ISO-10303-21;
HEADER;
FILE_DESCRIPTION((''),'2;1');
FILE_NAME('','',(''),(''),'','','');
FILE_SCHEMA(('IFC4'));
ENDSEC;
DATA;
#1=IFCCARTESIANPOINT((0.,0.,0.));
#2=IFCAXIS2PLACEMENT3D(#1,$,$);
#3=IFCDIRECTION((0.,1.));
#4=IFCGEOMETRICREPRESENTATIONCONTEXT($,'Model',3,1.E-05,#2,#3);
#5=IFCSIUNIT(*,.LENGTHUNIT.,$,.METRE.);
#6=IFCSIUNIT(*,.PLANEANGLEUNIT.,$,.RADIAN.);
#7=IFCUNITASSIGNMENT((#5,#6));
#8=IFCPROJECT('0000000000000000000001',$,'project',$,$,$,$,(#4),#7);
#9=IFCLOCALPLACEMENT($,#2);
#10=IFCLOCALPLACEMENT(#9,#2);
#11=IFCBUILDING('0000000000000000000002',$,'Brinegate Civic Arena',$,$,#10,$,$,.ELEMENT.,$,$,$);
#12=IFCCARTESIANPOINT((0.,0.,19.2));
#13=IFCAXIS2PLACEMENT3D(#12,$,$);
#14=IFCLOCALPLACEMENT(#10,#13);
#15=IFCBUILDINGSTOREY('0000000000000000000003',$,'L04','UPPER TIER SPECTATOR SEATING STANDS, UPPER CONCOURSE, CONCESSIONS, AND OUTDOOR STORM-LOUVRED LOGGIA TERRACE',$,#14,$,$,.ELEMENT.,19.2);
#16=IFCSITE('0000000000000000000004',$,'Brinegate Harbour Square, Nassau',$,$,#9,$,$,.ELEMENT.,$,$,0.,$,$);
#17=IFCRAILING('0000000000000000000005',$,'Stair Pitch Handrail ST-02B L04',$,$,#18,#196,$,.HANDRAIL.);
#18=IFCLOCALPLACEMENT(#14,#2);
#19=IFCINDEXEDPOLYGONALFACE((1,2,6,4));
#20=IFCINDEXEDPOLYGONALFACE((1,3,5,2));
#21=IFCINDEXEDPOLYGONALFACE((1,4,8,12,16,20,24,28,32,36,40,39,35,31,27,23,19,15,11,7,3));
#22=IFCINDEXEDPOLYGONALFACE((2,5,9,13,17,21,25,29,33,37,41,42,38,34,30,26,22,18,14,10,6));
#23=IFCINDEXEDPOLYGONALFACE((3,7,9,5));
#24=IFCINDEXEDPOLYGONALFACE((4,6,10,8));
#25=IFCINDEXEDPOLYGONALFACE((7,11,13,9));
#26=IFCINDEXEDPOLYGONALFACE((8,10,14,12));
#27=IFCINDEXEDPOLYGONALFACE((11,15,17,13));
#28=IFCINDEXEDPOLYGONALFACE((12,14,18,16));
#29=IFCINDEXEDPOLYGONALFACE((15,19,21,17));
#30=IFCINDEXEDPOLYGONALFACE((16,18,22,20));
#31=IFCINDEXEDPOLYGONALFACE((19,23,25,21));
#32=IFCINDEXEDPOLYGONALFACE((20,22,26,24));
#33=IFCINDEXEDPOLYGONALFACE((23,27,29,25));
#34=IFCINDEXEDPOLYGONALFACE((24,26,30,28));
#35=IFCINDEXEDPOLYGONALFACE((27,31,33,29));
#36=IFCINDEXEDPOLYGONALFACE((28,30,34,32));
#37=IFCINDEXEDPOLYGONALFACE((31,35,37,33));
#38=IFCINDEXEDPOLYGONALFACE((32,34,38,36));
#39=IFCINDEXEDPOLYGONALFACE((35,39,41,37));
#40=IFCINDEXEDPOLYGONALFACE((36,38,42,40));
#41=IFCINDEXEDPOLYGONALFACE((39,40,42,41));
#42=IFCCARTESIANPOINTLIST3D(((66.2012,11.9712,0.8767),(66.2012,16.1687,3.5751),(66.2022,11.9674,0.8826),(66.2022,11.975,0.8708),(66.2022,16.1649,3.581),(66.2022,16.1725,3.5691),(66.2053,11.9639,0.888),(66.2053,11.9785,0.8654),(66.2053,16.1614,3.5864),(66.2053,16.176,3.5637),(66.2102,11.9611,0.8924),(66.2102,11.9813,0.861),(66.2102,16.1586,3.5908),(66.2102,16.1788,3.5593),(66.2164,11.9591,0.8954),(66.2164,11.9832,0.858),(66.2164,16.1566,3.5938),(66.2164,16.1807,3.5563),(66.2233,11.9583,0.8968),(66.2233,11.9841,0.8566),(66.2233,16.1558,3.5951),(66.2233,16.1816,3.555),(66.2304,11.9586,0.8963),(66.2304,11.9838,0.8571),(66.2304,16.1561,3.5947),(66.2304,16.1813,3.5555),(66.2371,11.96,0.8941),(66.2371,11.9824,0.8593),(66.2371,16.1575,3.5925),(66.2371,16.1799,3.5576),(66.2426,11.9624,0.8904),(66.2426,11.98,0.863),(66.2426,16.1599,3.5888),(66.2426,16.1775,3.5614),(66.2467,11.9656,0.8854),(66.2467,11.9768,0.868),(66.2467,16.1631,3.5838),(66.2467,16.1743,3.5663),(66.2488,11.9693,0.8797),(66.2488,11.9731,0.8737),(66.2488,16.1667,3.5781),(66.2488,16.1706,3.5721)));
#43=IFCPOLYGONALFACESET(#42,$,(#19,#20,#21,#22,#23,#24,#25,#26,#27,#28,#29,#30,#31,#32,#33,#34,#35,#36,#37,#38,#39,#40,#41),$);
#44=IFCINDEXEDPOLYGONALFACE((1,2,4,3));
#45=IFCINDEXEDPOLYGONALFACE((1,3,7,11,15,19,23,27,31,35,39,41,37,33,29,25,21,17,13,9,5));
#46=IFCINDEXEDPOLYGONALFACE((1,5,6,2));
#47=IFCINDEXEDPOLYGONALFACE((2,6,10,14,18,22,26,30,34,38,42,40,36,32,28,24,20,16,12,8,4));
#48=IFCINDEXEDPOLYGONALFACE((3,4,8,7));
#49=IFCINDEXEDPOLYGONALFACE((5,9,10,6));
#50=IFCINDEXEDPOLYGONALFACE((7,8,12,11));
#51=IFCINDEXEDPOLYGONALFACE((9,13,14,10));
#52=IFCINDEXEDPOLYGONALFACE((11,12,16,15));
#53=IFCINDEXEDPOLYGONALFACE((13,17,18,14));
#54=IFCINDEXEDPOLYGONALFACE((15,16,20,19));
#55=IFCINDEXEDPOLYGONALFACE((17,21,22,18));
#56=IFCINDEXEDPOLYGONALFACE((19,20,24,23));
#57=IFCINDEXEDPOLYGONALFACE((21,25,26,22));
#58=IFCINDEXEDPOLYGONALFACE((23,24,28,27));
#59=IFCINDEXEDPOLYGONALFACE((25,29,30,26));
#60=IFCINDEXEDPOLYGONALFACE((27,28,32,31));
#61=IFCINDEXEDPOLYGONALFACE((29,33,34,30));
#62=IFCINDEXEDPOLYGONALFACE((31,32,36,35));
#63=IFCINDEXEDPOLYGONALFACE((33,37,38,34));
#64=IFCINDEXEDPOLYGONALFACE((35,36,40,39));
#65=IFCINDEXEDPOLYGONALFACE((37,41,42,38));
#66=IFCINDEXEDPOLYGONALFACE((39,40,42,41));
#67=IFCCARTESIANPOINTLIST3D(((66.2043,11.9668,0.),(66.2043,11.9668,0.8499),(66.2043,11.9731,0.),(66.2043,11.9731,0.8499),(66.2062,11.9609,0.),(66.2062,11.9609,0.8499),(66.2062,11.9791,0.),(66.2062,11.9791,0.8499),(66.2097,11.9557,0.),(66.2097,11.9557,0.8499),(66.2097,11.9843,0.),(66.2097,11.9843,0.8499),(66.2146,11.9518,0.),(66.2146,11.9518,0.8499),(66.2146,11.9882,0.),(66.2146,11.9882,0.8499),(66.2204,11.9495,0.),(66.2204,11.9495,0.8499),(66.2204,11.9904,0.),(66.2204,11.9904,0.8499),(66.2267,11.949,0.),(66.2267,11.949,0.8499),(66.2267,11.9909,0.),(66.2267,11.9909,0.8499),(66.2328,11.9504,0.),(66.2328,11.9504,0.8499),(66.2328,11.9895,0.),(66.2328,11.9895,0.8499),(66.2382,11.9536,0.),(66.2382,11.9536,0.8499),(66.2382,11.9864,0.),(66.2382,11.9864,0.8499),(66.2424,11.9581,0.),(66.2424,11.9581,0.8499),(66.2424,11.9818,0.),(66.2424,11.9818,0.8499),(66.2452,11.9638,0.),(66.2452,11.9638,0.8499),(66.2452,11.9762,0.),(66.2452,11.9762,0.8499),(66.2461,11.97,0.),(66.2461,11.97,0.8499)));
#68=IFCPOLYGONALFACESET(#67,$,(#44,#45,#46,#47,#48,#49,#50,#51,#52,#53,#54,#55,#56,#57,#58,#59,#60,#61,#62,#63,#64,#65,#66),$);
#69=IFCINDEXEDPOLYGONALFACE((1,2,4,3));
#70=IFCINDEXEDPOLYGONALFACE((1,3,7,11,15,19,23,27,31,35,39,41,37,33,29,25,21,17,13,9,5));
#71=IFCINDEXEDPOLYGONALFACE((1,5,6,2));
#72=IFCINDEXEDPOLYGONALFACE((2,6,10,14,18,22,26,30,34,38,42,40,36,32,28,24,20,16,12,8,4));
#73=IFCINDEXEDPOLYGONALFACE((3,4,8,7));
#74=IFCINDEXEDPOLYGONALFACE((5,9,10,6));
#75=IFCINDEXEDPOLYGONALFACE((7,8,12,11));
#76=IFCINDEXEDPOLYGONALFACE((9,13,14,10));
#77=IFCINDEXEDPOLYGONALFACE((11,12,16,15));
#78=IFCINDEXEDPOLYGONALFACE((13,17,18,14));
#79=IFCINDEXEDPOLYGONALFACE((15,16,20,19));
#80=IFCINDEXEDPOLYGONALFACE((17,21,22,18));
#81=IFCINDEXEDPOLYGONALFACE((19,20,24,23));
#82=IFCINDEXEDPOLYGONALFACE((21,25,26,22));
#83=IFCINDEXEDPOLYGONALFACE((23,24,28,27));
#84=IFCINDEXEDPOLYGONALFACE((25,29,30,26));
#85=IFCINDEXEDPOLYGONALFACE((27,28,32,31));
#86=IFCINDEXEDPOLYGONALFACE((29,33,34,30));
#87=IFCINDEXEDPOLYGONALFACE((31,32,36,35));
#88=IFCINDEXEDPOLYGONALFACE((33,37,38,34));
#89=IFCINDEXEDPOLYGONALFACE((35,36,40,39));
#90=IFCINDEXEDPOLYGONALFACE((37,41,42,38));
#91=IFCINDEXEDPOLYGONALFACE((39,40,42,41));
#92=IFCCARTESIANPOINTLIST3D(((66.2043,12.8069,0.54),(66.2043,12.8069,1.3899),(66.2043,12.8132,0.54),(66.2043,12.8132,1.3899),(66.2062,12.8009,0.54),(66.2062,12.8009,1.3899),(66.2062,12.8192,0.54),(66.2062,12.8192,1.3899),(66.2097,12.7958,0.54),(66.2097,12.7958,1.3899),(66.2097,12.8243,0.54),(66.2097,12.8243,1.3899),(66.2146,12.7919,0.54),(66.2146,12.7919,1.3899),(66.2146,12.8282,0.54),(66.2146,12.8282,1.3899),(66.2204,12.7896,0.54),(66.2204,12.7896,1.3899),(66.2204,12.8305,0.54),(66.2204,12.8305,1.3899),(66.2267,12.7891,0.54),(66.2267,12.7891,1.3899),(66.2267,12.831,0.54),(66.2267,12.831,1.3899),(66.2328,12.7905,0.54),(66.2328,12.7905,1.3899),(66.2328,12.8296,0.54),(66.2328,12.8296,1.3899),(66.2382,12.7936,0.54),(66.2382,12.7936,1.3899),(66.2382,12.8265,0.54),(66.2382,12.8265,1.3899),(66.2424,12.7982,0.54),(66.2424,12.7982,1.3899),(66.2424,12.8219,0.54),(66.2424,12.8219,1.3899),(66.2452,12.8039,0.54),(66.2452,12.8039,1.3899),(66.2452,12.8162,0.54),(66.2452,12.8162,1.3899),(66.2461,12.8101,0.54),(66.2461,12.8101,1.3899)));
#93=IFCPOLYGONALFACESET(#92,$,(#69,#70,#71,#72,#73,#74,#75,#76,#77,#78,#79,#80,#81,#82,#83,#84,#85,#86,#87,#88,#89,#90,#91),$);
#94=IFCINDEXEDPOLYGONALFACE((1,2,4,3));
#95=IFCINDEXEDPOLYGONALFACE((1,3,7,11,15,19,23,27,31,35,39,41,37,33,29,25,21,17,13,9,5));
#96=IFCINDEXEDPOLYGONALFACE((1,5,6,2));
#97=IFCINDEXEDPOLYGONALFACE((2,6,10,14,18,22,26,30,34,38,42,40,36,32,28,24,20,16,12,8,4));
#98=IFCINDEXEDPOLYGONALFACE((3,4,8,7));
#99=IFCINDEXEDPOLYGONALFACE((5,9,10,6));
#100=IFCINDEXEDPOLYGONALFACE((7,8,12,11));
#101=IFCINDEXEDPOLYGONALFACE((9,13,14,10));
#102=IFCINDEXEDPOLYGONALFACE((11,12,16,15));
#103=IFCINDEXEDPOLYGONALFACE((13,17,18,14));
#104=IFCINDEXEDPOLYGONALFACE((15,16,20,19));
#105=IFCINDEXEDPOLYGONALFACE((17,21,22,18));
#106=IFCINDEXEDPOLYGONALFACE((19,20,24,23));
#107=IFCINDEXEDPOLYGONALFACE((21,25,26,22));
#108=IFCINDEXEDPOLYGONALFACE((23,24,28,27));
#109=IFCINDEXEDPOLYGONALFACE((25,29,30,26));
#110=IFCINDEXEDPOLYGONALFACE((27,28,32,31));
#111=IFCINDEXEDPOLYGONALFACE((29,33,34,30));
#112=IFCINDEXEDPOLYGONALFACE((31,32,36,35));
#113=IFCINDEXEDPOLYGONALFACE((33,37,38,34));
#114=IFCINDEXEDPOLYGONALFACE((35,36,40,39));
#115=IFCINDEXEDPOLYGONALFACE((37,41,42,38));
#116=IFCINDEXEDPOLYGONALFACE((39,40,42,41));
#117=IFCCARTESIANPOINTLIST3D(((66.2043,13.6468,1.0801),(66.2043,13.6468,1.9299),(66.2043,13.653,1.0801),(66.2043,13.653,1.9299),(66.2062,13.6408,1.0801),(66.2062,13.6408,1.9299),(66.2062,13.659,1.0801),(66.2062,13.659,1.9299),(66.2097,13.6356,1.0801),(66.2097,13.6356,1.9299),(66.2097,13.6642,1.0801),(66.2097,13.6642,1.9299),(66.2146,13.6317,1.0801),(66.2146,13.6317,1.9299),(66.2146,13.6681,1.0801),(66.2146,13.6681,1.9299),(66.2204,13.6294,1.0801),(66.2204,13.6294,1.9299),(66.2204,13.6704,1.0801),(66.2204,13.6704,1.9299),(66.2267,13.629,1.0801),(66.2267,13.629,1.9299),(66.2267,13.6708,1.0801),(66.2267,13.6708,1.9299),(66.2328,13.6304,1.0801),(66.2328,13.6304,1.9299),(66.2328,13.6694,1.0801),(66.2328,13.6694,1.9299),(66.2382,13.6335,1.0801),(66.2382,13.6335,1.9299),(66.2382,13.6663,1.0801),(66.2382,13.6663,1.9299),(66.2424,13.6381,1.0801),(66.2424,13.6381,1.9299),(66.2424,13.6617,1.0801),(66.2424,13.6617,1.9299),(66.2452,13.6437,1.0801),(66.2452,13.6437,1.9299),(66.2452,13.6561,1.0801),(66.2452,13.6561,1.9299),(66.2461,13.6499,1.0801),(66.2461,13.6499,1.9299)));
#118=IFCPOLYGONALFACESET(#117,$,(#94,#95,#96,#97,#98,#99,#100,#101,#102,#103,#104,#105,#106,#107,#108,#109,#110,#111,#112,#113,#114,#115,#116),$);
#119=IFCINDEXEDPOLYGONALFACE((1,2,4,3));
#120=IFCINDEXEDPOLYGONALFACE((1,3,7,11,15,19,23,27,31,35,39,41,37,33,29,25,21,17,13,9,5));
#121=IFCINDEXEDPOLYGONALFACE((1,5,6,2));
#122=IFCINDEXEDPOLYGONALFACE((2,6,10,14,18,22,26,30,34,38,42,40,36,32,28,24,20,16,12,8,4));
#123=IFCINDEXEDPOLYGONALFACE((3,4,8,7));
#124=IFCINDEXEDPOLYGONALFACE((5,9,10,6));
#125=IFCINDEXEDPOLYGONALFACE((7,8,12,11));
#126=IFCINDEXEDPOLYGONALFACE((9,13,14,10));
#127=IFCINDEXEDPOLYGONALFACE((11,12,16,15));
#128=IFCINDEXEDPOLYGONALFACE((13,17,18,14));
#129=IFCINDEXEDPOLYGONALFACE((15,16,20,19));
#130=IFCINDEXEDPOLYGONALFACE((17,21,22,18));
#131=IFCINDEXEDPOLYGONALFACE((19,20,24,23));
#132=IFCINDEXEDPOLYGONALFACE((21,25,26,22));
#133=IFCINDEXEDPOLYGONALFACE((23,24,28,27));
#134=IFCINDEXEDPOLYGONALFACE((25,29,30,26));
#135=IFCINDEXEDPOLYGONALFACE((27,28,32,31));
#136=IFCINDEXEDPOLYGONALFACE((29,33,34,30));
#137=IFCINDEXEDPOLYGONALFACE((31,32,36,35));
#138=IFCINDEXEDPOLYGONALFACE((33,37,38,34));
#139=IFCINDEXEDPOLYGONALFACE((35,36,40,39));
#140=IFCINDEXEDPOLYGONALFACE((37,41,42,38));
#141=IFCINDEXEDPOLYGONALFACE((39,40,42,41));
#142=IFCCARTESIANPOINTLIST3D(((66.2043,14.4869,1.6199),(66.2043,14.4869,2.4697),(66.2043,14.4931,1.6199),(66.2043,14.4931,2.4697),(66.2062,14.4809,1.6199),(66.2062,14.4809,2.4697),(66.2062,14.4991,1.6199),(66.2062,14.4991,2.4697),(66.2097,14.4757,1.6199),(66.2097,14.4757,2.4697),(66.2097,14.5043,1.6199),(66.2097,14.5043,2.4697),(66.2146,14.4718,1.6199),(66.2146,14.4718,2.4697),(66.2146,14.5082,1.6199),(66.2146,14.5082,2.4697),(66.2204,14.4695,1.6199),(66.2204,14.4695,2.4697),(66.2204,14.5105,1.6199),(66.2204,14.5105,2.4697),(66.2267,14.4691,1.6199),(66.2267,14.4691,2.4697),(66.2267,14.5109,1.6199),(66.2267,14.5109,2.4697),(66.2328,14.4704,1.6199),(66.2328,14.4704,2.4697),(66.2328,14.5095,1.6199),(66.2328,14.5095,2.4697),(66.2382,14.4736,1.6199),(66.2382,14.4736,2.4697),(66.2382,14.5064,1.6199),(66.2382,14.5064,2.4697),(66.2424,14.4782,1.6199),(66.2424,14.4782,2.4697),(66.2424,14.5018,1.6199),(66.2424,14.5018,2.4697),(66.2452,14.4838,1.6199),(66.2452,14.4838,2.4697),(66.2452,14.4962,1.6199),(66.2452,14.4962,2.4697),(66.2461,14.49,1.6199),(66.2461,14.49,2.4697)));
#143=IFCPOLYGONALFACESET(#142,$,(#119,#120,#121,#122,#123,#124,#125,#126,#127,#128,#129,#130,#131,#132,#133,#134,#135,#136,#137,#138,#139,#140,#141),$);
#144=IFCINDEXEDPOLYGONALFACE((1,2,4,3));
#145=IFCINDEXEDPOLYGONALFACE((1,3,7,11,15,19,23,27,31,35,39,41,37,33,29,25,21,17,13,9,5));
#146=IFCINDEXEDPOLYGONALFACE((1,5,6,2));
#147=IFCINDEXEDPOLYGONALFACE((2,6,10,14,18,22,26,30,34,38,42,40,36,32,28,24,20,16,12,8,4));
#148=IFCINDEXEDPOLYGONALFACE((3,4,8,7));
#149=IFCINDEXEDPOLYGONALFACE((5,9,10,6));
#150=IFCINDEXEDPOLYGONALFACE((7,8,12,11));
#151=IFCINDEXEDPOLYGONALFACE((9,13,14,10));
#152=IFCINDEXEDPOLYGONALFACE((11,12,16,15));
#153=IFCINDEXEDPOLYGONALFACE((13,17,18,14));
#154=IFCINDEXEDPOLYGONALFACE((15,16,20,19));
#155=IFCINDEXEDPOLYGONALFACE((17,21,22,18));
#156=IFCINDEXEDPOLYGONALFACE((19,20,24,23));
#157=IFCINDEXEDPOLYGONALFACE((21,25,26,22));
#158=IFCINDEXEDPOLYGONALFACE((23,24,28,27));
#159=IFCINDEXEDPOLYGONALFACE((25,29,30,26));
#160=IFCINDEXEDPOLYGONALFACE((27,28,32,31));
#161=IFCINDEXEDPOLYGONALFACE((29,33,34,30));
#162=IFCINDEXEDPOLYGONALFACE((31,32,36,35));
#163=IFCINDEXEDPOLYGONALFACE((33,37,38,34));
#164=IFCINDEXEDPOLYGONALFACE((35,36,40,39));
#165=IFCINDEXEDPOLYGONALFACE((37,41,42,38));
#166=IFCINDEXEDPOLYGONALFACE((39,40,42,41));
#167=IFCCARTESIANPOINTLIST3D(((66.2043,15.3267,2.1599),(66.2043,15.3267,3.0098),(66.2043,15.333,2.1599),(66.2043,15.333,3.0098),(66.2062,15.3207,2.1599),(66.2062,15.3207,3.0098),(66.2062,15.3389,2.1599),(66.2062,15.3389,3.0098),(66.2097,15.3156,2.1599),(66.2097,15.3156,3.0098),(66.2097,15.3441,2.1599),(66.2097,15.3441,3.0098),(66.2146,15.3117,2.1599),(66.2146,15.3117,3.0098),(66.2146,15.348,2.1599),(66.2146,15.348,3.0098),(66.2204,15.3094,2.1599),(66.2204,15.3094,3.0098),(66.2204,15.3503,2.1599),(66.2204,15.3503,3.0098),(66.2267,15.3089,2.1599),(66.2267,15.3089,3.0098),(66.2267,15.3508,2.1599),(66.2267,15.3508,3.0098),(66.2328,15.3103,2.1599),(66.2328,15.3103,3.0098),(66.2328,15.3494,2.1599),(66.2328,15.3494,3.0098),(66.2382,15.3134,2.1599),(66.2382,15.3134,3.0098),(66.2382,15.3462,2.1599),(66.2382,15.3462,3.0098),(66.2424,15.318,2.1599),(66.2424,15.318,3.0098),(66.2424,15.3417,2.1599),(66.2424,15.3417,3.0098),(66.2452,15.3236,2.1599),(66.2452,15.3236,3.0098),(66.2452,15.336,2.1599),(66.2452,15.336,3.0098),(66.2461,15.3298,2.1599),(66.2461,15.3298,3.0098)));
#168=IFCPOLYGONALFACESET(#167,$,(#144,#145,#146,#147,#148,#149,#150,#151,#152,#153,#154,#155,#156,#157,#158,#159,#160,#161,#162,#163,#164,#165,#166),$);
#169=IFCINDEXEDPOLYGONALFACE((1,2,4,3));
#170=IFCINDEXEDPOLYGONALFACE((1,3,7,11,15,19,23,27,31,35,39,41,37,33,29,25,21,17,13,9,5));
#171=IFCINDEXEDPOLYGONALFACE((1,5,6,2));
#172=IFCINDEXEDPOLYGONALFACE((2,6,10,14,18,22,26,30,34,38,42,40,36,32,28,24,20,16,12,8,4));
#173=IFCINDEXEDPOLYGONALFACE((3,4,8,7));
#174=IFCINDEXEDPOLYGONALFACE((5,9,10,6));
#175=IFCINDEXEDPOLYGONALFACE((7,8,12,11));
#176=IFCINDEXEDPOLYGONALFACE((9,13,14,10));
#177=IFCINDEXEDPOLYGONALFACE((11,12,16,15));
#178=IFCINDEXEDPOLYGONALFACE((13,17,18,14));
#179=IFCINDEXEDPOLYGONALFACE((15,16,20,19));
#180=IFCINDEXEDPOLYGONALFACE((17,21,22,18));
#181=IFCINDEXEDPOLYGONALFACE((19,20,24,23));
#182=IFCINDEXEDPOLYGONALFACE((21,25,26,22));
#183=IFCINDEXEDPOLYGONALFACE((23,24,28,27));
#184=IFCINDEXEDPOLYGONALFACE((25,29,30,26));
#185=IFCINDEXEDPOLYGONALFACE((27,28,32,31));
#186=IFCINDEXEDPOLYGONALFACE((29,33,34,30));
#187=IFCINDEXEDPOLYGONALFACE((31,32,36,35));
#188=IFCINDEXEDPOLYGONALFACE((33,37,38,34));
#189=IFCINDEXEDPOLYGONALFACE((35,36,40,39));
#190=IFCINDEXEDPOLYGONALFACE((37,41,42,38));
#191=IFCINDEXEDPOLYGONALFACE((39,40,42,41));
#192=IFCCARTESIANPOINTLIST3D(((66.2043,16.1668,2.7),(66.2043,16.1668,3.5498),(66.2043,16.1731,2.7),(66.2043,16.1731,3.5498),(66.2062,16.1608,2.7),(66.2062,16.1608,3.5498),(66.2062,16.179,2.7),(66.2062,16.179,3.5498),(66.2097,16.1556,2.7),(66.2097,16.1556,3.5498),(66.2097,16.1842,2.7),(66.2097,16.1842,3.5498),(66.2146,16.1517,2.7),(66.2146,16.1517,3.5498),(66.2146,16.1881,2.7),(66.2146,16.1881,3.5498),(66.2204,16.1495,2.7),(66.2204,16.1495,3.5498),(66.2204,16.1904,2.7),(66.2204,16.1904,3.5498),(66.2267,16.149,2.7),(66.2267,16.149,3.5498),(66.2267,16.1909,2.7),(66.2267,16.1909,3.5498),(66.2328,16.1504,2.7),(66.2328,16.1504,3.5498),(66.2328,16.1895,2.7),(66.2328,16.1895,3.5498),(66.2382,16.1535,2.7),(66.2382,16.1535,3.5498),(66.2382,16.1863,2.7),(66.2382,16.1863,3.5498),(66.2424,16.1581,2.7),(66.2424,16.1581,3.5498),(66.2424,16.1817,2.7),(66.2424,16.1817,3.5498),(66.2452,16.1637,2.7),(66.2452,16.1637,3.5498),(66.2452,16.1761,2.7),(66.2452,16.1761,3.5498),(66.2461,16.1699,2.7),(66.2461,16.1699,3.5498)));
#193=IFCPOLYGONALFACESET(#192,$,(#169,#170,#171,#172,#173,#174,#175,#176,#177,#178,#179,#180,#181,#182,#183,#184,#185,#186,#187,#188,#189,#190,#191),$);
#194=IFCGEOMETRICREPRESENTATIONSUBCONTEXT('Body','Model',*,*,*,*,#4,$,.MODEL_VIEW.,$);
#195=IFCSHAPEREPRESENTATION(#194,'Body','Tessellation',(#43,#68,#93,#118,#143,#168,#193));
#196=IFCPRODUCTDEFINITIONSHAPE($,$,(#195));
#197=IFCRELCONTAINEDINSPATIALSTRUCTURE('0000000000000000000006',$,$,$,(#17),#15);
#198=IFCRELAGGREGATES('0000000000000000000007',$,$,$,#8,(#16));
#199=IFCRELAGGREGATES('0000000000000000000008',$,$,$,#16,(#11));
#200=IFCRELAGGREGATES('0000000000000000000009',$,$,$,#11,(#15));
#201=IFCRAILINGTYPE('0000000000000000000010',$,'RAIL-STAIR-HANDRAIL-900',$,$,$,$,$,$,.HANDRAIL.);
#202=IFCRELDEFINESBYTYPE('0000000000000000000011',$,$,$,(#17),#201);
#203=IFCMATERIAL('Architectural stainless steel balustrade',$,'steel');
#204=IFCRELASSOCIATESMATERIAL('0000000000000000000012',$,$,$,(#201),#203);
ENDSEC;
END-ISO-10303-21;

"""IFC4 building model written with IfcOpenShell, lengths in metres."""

from ifc_helpers import new_model, si_unit, direction, frame, origin, origin_2d, place, context, subcontext, project, spatial, circle, extrude, material, type_object, element, save


model = new_model("IFC4")

# Units and contexts
model_context = context("Model", 3, precision=1e-05, world=origin(), true_north=direction((0.0, 1.0)))
body_context = subcontext(model_context, "Body", "Model", "MODEL_VIEW")
ifc_project = project(units=[si_unit("LENGTHUNIT", "METRE"), si_unit("PLANEANGLEUNIT", "RADIAN")], contexts=[model_context])

# Site, building, storey
site_placement = place(None, origin())
site = spatial("IfcSite", under=ifc_project, at=site_placement, Name="Brinegate Harbour Square, Nassau", CompositionType="ELEMENT", RefElevation=0.0)
building_placement = place(site_placement, origin())
building = spatial("IfcBuilding", under=site, at=building_placement, Name="Brinegate Civic Arena", CompositionType="ELEMENT")
storey_placement = place(building_placement, frame((0.0, 0.0, 19.2)))
storey = spatial("IfcBuildingStorey", under=building, at=storey_placement, Name="L04", Description="UPPER TIER SPECTATOR SEATING STANDS, UPPER CONCOURSE, CONCESSIONS, AND OUTDOOR STORM-LOUVRED LOGGIA TERRACE", CompositionType="ELEMENT", Elevation=19.2)

# Railing
ifc_material_1 = material(Name="Architectural stainless steel balustrade", Category="steel")
railing_type_1 = type_object("IfcRailingType", Name="RAIL-STAIR-HANDRAIL-900", PredefinedType="HANDRAIL", material=ifc_material_1)
for number, where, name in (
    (1, (66.2251, 11.97, 0.0), "Stair Pitch Handrail ST-02B L04"),
):
    element("IfcRailing", number, at=place(storey_placement, frame(where)), inside=storey, type_object=railing_type_1, Name=name, PredefinedType="HANDRAIL", context=body_context, shape_type="SweptSolid", body=[
        extrude(circle(Radius=0.0239, at=origin_2d()), frame((0.0, 0.0012, 0.8767), z_axis=(0.0, 0.84118, 0.540755), x_axis=(-1.0, 0.0, 0.0)), (0.0, 0.0, 1.0), 4.99),
        extrude(circle(Radius=0.021, at=origin_2d()), origin(), (0.0, 0.0, 1.0), 0.8499),
        extrude(circle(Radius=0.021, at=origin_2d()), frame((0.0, 0.8401, 0.54)), (0.0, 0.0, 1.0), 0.8499),
        extrude(circle(Radius=0.021, at=origin_2d()), frame((0.0, 1.6799, 1.0801)), (0.0, 0.0, 1.0), 0.8499),
        extrude(circle(Radius=0.021, at=origin_2d()), frame((0.0, 2.52, 1.6199)), (0.0, 0.0, 1.0), 0.8499),
        extrude(circle(Radius=0.021, at=origin_2d()), frame((0.0, 3.3599, 2.1599)), (0.0, 0.0, 1.0), 0.8499),
        extrude(circle(Radius=0.021, at=origin_2d()), frame((0.0, 4.2, 2.7)), (0.0, 0.0, 1.0), 0.8499),
    ])

save(model, "model.ifc")
